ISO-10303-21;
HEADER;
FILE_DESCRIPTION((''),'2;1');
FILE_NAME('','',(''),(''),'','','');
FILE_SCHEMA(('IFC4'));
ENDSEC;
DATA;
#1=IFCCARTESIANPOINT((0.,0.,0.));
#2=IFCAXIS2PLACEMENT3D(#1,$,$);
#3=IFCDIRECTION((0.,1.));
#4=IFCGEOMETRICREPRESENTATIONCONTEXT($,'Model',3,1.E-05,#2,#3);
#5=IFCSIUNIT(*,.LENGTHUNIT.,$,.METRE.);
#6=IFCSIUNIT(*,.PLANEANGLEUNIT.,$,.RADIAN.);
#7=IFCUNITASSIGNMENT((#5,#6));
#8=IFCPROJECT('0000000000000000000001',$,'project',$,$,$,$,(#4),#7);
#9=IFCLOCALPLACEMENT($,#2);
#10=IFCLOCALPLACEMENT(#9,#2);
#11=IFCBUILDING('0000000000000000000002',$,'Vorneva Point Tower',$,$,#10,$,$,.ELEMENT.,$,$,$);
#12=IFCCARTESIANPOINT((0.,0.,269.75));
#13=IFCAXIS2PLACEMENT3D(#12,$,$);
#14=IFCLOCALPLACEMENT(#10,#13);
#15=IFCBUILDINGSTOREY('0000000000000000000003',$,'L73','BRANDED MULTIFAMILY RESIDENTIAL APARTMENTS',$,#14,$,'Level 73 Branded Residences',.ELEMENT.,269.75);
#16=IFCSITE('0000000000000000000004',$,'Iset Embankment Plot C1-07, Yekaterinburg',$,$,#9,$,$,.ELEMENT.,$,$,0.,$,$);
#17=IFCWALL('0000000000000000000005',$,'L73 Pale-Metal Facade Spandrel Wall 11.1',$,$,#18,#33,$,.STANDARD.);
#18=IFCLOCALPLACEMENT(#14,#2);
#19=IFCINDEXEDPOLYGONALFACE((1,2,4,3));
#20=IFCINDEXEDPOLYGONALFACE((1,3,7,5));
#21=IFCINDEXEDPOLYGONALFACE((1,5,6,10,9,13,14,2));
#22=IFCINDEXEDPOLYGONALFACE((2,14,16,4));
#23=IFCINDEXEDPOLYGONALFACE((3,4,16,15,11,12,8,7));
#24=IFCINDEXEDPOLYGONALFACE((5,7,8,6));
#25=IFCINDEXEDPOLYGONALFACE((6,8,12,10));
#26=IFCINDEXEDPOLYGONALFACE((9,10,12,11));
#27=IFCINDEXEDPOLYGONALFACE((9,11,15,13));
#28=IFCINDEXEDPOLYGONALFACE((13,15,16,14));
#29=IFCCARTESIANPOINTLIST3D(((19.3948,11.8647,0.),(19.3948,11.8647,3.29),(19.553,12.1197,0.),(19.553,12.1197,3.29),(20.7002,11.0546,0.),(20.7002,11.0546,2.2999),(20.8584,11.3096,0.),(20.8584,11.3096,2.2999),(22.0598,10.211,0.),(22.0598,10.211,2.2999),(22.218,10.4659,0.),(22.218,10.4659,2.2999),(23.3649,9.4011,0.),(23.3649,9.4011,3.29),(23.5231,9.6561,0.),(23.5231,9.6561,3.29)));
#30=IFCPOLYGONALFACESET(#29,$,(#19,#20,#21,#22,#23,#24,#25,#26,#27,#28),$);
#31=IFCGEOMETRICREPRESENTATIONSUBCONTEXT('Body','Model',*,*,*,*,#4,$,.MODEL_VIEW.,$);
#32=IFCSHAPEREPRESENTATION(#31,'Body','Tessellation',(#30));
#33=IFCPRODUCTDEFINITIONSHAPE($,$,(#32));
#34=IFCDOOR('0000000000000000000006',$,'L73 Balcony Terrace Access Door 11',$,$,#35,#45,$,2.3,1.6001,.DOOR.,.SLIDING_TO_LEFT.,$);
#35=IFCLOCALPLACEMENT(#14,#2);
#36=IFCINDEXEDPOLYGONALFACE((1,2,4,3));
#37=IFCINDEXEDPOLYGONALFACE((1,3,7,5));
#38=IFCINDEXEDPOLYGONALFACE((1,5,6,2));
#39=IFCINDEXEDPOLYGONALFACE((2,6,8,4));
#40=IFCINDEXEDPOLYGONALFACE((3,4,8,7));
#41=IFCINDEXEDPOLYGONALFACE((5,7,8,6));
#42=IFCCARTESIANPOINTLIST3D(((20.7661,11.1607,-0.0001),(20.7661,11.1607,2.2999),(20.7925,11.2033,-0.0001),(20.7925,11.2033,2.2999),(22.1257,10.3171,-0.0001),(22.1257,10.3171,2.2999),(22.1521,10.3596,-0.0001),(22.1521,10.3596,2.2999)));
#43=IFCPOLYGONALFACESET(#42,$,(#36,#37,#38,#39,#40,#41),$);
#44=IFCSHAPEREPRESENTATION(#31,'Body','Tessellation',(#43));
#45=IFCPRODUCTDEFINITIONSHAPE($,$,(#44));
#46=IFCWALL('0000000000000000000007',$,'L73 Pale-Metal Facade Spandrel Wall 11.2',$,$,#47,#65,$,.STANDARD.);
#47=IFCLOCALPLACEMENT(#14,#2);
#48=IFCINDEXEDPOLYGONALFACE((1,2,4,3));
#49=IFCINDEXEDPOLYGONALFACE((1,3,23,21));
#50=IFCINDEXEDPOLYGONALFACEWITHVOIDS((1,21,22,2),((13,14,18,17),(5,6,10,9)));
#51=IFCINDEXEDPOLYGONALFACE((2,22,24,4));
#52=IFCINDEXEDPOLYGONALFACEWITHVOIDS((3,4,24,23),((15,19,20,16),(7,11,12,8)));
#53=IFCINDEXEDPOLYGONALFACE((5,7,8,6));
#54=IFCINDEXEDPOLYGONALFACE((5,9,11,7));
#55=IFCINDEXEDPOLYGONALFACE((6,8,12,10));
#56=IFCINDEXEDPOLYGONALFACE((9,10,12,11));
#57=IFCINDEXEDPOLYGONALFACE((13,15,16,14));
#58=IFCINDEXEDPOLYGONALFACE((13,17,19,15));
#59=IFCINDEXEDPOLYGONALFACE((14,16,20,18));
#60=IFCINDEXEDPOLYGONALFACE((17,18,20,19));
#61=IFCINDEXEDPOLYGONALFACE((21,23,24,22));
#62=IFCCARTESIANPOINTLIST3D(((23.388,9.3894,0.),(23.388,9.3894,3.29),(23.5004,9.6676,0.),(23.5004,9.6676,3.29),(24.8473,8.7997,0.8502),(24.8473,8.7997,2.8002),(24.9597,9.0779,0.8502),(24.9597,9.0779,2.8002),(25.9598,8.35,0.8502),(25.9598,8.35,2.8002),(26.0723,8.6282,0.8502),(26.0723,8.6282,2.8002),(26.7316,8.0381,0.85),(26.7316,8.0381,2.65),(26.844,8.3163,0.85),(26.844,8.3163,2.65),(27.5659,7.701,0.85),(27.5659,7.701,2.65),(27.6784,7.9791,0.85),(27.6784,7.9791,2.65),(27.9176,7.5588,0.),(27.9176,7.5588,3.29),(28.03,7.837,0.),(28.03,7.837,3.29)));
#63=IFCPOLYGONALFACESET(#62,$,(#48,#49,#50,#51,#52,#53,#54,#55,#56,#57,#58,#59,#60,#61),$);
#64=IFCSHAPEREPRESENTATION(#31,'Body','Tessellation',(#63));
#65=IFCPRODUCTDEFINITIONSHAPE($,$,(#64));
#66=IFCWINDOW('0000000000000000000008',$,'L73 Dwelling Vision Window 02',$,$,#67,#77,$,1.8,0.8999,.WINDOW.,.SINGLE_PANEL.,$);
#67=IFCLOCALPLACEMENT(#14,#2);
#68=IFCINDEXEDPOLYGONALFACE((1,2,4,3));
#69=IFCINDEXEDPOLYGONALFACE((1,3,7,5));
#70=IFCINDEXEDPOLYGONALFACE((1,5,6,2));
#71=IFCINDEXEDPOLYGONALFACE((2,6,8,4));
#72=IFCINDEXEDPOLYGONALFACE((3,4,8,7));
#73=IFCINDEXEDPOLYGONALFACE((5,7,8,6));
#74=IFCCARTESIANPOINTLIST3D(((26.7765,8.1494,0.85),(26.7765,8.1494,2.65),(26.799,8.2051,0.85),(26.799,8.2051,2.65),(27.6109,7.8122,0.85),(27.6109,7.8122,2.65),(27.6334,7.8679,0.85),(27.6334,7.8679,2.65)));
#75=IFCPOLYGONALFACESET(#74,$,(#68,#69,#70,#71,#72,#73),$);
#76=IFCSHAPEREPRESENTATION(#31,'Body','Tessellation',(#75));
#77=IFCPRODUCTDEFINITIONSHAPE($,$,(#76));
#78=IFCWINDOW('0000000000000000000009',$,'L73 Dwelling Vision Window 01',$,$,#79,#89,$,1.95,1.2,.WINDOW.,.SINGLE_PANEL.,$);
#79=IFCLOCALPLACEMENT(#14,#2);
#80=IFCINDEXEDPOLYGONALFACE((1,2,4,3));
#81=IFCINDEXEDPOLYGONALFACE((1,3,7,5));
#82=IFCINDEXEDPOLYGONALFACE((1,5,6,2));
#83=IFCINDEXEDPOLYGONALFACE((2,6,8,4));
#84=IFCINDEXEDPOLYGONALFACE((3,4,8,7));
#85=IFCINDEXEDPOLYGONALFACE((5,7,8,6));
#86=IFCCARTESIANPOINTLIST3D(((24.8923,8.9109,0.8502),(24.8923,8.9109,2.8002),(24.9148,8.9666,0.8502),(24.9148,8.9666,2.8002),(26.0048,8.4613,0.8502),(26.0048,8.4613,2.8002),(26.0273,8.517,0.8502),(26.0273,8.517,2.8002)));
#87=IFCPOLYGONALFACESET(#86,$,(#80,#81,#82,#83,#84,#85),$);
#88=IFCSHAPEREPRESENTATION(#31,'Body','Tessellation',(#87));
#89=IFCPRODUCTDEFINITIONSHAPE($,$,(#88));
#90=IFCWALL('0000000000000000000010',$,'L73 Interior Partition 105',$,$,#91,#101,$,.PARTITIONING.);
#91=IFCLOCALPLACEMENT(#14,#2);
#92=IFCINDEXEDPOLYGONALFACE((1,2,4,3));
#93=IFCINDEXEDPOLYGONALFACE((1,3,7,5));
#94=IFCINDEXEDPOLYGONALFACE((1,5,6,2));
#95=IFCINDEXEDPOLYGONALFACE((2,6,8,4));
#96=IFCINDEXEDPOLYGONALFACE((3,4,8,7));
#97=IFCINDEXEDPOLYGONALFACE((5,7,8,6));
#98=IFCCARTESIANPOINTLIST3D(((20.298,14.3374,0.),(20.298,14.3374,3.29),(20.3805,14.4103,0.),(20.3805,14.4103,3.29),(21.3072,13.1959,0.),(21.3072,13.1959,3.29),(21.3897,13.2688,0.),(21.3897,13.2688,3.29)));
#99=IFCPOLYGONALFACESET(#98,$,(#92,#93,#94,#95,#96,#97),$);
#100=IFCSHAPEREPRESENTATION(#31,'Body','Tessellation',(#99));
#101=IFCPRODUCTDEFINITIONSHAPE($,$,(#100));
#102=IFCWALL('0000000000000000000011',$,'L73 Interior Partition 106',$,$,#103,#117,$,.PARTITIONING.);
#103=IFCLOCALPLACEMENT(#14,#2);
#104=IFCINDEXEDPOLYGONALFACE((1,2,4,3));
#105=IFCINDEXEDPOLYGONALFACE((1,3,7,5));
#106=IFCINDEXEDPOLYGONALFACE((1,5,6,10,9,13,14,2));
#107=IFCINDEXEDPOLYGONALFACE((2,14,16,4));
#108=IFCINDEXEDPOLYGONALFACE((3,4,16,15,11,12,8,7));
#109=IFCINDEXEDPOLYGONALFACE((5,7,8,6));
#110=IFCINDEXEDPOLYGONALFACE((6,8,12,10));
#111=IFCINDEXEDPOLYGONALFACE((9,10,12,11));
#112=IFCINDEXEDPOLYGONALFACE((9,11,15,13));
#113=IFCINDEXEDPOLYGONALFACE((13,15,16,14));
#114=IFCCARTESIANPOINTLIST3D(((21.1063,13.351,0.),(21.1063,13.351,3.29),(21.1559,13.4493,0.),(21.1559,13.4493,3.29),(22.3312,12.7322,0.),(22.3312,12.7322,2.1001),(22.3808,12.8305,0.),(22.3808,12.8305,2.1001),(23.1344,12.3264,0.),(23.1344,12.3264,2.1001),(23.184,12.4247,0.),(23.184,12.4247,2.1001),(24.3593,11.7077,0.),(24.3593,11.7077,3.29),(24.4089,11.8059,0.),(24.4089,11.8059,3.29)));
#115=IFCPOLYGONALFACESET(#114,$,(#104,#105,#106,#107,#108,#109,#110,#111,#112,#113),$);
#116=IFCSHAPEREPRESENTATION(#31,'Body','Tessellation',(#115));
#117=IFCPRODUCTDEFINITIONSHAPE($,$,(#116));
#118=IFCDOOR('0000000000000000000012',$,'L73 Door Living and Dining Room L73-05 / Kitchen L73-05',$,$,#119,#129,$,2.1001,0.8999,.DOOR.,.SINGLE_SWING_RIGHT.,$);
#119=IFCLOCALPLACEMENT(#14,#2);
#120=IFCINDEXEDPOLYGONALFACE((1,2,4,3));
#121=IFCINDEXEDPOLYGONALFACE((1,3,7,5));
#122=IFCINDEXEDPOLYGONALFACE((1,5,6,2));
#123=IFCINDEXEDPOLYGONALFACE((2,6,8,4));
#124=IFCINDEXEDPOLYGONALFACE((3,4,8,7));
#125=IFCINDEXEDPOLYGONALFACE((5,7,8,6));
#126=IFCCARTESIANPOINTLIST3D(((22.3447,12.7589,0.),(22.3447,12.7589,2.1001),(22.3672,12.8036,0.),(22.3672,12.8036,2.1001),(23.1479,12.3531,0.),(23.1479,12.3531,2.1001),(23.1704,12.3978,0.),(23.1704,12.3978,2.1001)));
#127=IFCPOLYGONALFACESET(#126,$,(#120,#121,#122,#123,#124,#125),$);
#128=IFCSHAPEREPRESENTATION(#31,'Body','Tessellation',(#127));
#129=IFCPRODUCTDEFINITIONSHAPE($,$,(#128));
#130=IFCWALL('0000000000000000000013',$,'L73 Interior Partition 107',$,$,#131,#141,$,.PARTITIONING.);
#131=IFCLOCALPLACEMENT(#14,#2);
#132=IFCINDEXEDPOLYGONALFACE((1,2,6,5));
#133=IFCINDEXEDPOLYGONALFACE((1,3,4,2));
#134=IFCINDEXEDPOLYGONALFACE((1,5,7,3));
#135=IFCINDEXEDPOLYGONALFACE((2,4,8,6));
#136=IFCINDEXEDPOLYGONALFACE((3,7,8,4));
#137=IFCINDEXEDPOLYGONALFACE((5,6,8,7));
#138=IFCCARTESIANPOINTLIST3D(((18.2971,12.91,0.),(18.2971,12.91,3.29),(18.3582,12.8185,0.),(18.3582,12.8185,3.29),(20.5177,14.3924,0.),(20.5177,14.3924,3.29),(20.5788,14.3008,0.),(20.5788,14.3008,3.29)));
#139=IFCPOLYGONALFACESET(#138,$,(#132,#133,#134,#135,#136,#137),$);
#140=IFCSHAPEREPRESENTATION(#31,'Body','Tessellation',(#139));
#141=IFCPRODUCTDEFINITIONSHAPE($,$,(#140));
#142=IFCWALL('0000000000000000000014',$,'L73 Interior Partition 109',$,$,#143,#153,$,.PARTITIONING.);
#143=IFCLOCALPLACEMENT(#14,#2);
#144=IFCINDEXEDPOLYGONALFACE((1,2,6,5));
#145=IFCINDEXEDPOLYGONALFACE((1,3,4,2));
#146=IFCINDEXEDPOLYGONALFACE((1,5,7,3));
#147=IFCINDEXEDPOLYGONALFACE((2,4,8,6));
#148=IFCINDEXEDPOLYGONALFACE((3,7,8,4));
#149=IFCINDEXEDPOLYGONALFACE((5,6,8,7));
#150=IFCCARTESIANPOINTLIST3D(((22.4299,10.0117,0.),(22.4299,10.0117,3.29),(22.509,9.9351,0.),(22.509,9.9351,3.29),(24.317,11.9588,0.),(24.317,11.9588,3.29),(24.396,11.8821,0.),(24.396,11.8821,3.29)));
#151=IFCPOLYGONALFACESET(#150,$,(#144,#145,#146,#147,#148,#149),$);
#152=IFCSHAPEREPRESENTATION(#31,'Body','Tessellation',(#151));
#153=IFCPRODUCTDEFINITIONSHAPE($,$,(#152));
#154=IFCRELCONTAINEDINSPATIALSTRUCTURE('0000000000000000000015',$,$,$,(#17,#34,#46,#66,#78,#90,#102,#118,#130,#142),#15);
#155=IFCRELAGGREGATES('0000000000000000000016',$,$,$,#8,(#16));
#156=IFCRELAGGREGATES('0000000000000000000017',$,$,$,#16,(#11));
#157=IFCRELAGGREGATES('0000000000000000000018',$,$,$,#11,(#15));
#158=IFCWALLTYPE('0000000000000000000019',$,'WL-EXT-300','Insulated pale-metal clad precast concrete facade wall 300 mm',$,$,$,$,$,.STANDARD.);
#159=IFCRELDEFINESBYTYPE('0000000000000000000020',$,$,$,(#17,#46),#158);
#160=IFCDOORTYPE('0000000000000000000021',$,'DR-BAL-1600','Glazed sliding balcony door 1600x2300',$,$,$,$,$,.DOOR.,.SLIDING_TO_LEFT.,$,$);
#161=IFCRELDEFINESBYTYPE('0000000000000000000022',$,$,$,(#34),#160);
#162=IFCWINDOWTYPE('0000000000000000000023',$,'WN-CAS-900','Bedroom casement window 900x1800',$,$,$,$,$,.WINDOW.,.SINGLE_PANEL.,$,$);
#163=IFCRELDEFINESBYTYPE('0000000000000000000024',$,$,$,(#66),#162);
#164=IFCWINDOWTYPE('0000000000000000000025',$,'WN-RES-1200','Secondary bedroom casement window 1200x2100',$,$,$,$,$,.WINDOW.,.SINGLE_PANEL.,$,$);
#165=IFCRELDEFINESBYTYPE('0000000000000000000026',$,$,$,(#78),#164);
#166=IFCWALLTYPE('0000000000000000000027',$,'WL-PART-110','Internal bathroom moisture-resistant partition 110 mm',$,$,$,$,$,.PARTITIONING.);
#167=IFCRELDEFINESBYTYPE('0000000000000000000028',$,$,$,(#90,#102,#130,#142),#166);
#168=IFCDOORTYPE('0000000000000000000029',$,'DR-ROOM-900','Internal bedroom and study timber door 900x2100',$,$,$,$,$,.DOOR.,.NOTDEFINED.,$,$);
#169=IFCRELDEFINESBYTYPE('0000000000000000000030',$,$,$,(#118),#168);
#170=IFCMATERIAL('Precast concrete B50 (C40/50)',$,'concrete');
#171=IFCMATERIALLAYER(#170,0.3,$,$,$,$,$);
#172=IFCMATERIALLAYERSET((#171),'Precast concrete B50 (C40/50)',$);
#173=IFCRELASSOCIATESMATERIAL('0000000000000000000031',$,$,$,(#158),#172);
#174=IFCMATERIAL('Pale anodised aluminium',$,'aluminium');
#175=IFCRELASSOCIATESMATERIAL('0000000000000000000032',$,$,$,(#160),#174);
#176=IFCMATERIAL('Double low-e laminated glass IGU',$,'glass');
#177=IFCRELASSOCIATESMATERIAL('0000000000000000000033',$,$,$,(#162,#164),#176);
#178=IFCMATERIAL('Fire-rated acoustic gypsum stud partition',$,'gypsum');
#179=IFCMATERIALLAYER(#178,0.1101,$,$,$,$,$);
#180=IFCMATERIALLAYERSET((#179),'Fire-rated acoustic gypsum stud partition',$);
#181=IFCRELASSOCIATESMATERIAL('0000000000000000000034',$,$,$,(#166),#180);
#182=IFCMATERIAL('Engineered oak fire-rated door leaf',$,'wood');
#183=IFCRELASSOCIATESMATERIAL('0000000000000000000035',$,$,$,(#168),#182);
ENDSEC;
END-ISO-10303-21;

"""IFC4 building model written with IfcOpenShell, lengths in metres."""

from ifc_helpers import new_model, si_unit, direction, frame, frame_2d, origin, place, context, subcontext, project, spatial, rectangle, extrude, material, layer, layer_set, type_object, element, fill, save


model = new_model("IFC4")

# Units and contexts
model_context = context("Model", 3, precision=1e-05, world=origin(), true_north=direction((0.0, 1.0)))
body_context = subcontext(model_context, "Body", "Model", "MODEL_VIEW")
ifc_project = project(units=[si_unit("LENGTHUNIT", "METRE"), si_unit("PLANEANGLEUNIT", "RADIAN")], contexts=[model_context])

# Site, building, storey
site_placement = place(None, origin())
site = spatial("IfcSite", under=ifc_project, at=site_placement, Name="Iset Embankment Plot C1-07, Yekaterinburg", CompositionType="ELEMENT", RefElevation=0.0)
building_placement = place(site_placement, origin())
building = spatial("IfcBuilding", under=site, at=building_placement, Name="Vorneva Point Tower", CompositionType="ELEMENT")
storey_placement = place(building_placement, frame((0.0, 0.0, 269.75)))
storey = spatial("IfcBuildingStorey", under=building, at=storey_placement, Name="L73", Description="BRANDED MULTIFAMILY RESIDENTIAL APARTMENTS", LongName="Level 73 Branded Residences", CompositionType="ELEMENT", Elevation=269.75)

# Shared definitions
ifc_material_1 = material(Name="Pale anodised aluminium", Category="aluminium")
ifc_material_2 = material(Name="Double low-e laminated glass IGU", Category="glass")

# Wall, opening, door
ifc_material_3 = material(Name="Precast concrete B50 (C40/50)", Category="concrete")
ifc_layer_1 = layer(ifc_material_3, 0.3)
ifc_layer_set_1 = layer_set([ifc_layer_1], Name="Precast concrete B50 (C40/50)")
wall_type_1 = type_object("IfcWallType", Name="WL-EXT-300", Description="Insulated pale-metal clad precast concrete facade wall 300 mm", PredefinedType="STANDARD", material=ifc_layer_set_1)
wall_1_placement = place(storey_placement, frame((19.4739, 11.9922, 0.0), z_axis=(0.0, 0.0, 1.0), x_axis=(0.849702, -0.527263, 0.0)))
wall_1 = element("IfcWall", 1, at=wall_1_placement, inside=storey, type_object=wall_type_1, Name="L73 Pale-Metal Facade Spandrel Wall 11.1", PredefinedType="STANDARD", context=body_context, shape_type="SweptSolid", body=[
    extrude(rectangle(XDim=4.6724, YDim=0.3, at=frame_2d((2.3362, 0.0))), origin(), (0.0, 0.0, 1.0), 3.29),
])
opening_1_placement = place(wall_1_placement, frame((1.5364, 0.0, 0.0)))
opening_1 = element("IfcOpeningElement", 2, at=opening_1_placement, cuts=wall_1, PredefinedType="OPENING", context=body_context, shape_type="SweptSolid", body=[
    extrude(rectangle(XDim=1.6001, YDim=2.3, at=frame_2d((0.8, 1.1499))), frame((0.0, 0.165, 0.0), z_axis=(0.0, -1.0, 0.0), x_axis=(1.0, 0.0, 0.0)), (0.0, 0.0, 1.0), 0.3298),
])
door_type_1 = type_object("IfcDoorType", Name="DR-BAL-1600", Description="Glazed sliding balcony door 1600x2300", OperationType="SLIDING_TO_LEFT", PredefinedType="DOOR", material=ifc_material_1)
door_1_placement = place(opening_1_placement, origin())
door_1 = element("IfcDoor", 3, at=door_1_placement, inside=storey, type_object=door_type_1, Name="L73 Balcony Terrace Access Door 11", OperationType="SLIDING_TO_LEFT", OverallHeight=2.3, OverallWidth=1.6001, PredefinedType="DOOR", context=body_context, shape_type="SweptSolid", body=[
    extrude(rectangle(XDim=1.6001, YDim=2.3, at=frame_2d((0.8, 1.1499))), frame((0.0, 0.0249, 0.0), z_axis=(0.0, -1.0, 0.0), x_axis=(1.0, 0.0, 0.0)), (0.0, 0.0, 1.0), 0.05),
])
fill(opening_1, door_1)

# Wall, openings, windows
wall_2_placement = place(storey_placement, frame((23.4441, 9.5286, 0.0), z_axis=(0.0, 0.0, 1.0), x_axis=(0.927147, -0.374697, 0.0)))
wall_2 = element("IfcWall", 4, at=wall_2_placement, inside=storey, type_object=wall_type_1, Name="L73 Pale-Metal Facade Spandrel Wall 11.2", PredefinedType="STANDARD", context=body_context, shape_type="SweptSolid", body=[
    extrude(rectangle(XDim=4.8855, YDim=0.3, at=frame_2d((2.4429, 0.0))), origin(), (0.0, 0.0, 1.0), 3.29),
])
opening_2_placement = place(wall_2_placement, frame((1.574, 0.0, 0.8501)))
opening_2 = element("IfcOpeningElement", 5, at=opening_2_placement, cuts=wall_2, PredefinedType="OPENING", context=body_context, shape_type="SweptSolid", body=[
    extrude(rectangle(XDim=1.2, YDim=1.95, at=frame_2d((0.6001, 0.9751))), frame((0.0, 0.165, 0.0), z_axis=(0.0, -1.0, 0.0), x_axis=(1.0, 0.0, 0.0)), (0.0, 0.0, 1.0), 0.3298),
])
opening_3_placement = place(wall_2_placement, frame((3.6064, 0.0, 0.8501)))
opening_3 = element("IfcOpeningElement", 6, at=opening_3_placement, cuts=wall_2, PredefinedType="OPENING", context=body_context, shape_type="SweptSolid", body=[
    extrude(rectangle(XDim=0.8999, YDim=1.8, at=frame_2d((0.45, 0.8999))), frame((0.0, 0.165, 0.0), z_axis=(0.0, -1.0, 0.0), x_axis=(1.0, 0.0, 0.0)), (0.0, 0.0, 1.0), 0.3298),
])
window_type_1 = type_object("IfcWindowType", Name="WN-CAS-900", Description="Bedroom casement window 900x1800", PartitioningType="SINGLE_PANEL", PredefinedType="WINDOW", material=ifc_material_2)
window_1_placement = place(opening_3_placement, origin())
window_1 = element("IfcWindow", 7, at=window_1_placement, inside=storey, type_object=window_type_1, Name="L73 Dwelling Vision Window 02", OverallHeight=1.8, OverallWidth=0.8999, PartitioningType="SINGLE_PANEL", PredefinedType="WINDOW", context=body_context, shape_type="SweptSolid", body=[
    extrude(rectangle(XDim=0.8999, YDim=1.8, at=frame_2d((0.45, 0.8999))), frame((0.0, 0.03, 0.0), z_axis=(0.0, -1.0, 0.0), x_axis=(1.0, 0.0, 0.0)), (0.0, 0.0, 1.0), 0.0601),
])
fill(opening_3, window_1)
window_type_2 = type_object("IfcWindowType", Name="WN-RES-1200", Description="Secondary bedroom casement window 1200x2100", PartitioningType="SINGLE_PANEL", PredefinedType="WINDOW", material=ifc_material_2)
window_2_placement = place(opening_2_placement, origin())
window_2 = element("IfcWindow", 8, at=window_2_placement, inside=storey, type_object=window_type_2, Name="L73 Dwelling Vision Window 01", OverallHeight=1.95, OverallWidth=1.2, PartitioningType="SINGLE_PANEL", PredefinedType="WINDOW", context=body_context, shape_type="SweptSolid", body=[
    extrude(rectangle(XDim=1.2, YDim=1.95, at=frame_2d((0.6001, 0.9751))), frame((0.0, 0.03, 0.0), z_axis=(0.0, -1.0, 0.0), x_axis=(1.0, 0.0, 0.0)), (0.0, 0.0, 1.0), 0.0601),
])
fill(opening_2, window_2)

# Wall
ifc_material_4 = material(Name="Fire-rated acoustic gypsum stud partition", Category="gypsum")
ifc_layer_2 = layer(ifc_material_4, 0.1101)
ifc_layer_set_2 = layer_set([ifc_layer_2], Name="Fire-rated acoustic gypsum stud partition")
wall_type_2 = type_object("IfcWallType", Name="WL-PART-110", Description="Internal bathroom moisture-resistant partition 110 mm", PredefinedType="PARTITIONING", material=ifc_layer_set_2)
wall_3_placement = place(storey_placement, frame((20.3394, 14.3738, 0.0), z_axis=(0.0, 0.0, 1.0), x_axis=(0.662353, -0.749192, 0.0)))
element("IfcWall", 9, at=wall_3_placement, inside=storey, type_object=wall_type_2, Name="L73 Interior Partition 105", PredefinedType="PARTITIONING", context=body_context, shape_type="SweptSolid", body=[
    extrude(rectangle(XDim=1.5237, YDim=0.1101, at=frame_2d((0.7617, 0.0))), origin(), (0.0, 0.0, 1.0), 3.29),
])

# Wall, opening, door
wall_4_placement = place(storey_placement, frame((21.1311, 13.4001, 0.0), z_axis=(0.0, 0.0, 1.0), x_axis=(0.892571, -0.450908, 0.0)))
wall_4 = element("IfcWall", 10, at=wall_4_placement, inside=storey, type_object=wall_type_2, Name="L73 Interior Partition 106", PredefinedType="PARTITIONING", context=body_context, shape_type="SweptSolid", body=[
    extrude(rectangle(XDim=3.6445, YDim=0.1101, at=frame_2d((1.8223, 0.0))), origin(), (0.0, 0.0, 1.0), 3.29),
])
opening_4_placement = place(wall_4_placement, frame((1.3723, 0.0, 0.0)))
opening_4 = element("IfcOpeningElement", 11, at=opening_4_placement, cuts=wall_4, PredefinedType="OPENING", context=body_context, shape_type="SweptSolid", body=[
    extrude(rectangle(XDim=0.8999, YDim=2.1001, at=frame_2d((0.45, 1.05))), frame((0.0, 0.0698, 0.0), z_axis=(0.0, -1.0, 0.0), x_axis=(1.0, 0.0, 0.0)), (0.0, 0.0, 1.0), 0.1399),
])
ifc_material_5 = material(Name="Engineered oak fire-rated door leaf", Category="wood")
door_type_2 = type_object("IfcDoorType", Name="DR-ROOM-900", Description="Internal bedroom and study timber door 900x2100", OperationType="NOTDEFINED", PredefinedType="DOOR", material=ifc_material_5)
door_2_placement = place(opening_4_placement, origin())
door_2 = element("IfcDoor", 12, at=door_2_placement, inside=storey, type_object=door_type_2, Name="L73 Door Living and Dining Room L73-05 / Kitchen L73-05", OperationType="SINGLE_SWING_RIGHT", OverallHeight=2.1001, OverallWidth=0.8999, PredefinedType="DOOR", context=body_context, shape_type="SweptSolid", body=[
    extrude(rectangle(XDim=0.8999, YDim=2.1001, at=frame_2d((0.45, 1.05))), frame((0.0, 0.0249, 0.0), z_axis=(0.0, -1.0, 0.0), x_axis=(1.0, 0.0, 0.0)), (0.0, 0.0, 1.0), 0.05),
])
fill(opening_4, door_2)

# Walls
wall_5_placement = place(storey_placement, frame((18.3276, 12.8643, 0.0), z_axis=(0.0, 0.0, 1.0), x_axis=(0.831713, 0.555207, 0.0)))
element("IfcWall", 13, at=wall_5_placement, inside=storey, type_object=wall_type_2, Name="L73 Interior Partition 107", PredefinedType="PARTITIONING", context=body_context, shape_type="SweptSolid", body=[
    extrude(rectangle(XDim=2.6699, YDim=0.1101, at=frame_2d((1.335, 0.0))), origin(), (0.0, 0.0, 1.0), 3.29),
])
wall_6_placement = place(storey_placement, frame((22.4695, 9.9734, 0.0), z_axis=(0.0, 0.0, 1.0), x_axis=(0.695945, 0.718095, 0.0)))
element("IfcWall", 14, at=wall_6_placement, inside=storey, type_object=wall_type_2, Name="L73 Interior Partition 109", PredefinedType="PARTITIONING", context=body_context, shape_type="SweptSolid", body=[
    extrude(rectangle(XDim=2.7114, YDim=0.1101, at=frame_2d((1.3557, 0.0))), origin(), (0.0, 0.0, 1.0), 3.29),
])

save(model, "model.ifc")
